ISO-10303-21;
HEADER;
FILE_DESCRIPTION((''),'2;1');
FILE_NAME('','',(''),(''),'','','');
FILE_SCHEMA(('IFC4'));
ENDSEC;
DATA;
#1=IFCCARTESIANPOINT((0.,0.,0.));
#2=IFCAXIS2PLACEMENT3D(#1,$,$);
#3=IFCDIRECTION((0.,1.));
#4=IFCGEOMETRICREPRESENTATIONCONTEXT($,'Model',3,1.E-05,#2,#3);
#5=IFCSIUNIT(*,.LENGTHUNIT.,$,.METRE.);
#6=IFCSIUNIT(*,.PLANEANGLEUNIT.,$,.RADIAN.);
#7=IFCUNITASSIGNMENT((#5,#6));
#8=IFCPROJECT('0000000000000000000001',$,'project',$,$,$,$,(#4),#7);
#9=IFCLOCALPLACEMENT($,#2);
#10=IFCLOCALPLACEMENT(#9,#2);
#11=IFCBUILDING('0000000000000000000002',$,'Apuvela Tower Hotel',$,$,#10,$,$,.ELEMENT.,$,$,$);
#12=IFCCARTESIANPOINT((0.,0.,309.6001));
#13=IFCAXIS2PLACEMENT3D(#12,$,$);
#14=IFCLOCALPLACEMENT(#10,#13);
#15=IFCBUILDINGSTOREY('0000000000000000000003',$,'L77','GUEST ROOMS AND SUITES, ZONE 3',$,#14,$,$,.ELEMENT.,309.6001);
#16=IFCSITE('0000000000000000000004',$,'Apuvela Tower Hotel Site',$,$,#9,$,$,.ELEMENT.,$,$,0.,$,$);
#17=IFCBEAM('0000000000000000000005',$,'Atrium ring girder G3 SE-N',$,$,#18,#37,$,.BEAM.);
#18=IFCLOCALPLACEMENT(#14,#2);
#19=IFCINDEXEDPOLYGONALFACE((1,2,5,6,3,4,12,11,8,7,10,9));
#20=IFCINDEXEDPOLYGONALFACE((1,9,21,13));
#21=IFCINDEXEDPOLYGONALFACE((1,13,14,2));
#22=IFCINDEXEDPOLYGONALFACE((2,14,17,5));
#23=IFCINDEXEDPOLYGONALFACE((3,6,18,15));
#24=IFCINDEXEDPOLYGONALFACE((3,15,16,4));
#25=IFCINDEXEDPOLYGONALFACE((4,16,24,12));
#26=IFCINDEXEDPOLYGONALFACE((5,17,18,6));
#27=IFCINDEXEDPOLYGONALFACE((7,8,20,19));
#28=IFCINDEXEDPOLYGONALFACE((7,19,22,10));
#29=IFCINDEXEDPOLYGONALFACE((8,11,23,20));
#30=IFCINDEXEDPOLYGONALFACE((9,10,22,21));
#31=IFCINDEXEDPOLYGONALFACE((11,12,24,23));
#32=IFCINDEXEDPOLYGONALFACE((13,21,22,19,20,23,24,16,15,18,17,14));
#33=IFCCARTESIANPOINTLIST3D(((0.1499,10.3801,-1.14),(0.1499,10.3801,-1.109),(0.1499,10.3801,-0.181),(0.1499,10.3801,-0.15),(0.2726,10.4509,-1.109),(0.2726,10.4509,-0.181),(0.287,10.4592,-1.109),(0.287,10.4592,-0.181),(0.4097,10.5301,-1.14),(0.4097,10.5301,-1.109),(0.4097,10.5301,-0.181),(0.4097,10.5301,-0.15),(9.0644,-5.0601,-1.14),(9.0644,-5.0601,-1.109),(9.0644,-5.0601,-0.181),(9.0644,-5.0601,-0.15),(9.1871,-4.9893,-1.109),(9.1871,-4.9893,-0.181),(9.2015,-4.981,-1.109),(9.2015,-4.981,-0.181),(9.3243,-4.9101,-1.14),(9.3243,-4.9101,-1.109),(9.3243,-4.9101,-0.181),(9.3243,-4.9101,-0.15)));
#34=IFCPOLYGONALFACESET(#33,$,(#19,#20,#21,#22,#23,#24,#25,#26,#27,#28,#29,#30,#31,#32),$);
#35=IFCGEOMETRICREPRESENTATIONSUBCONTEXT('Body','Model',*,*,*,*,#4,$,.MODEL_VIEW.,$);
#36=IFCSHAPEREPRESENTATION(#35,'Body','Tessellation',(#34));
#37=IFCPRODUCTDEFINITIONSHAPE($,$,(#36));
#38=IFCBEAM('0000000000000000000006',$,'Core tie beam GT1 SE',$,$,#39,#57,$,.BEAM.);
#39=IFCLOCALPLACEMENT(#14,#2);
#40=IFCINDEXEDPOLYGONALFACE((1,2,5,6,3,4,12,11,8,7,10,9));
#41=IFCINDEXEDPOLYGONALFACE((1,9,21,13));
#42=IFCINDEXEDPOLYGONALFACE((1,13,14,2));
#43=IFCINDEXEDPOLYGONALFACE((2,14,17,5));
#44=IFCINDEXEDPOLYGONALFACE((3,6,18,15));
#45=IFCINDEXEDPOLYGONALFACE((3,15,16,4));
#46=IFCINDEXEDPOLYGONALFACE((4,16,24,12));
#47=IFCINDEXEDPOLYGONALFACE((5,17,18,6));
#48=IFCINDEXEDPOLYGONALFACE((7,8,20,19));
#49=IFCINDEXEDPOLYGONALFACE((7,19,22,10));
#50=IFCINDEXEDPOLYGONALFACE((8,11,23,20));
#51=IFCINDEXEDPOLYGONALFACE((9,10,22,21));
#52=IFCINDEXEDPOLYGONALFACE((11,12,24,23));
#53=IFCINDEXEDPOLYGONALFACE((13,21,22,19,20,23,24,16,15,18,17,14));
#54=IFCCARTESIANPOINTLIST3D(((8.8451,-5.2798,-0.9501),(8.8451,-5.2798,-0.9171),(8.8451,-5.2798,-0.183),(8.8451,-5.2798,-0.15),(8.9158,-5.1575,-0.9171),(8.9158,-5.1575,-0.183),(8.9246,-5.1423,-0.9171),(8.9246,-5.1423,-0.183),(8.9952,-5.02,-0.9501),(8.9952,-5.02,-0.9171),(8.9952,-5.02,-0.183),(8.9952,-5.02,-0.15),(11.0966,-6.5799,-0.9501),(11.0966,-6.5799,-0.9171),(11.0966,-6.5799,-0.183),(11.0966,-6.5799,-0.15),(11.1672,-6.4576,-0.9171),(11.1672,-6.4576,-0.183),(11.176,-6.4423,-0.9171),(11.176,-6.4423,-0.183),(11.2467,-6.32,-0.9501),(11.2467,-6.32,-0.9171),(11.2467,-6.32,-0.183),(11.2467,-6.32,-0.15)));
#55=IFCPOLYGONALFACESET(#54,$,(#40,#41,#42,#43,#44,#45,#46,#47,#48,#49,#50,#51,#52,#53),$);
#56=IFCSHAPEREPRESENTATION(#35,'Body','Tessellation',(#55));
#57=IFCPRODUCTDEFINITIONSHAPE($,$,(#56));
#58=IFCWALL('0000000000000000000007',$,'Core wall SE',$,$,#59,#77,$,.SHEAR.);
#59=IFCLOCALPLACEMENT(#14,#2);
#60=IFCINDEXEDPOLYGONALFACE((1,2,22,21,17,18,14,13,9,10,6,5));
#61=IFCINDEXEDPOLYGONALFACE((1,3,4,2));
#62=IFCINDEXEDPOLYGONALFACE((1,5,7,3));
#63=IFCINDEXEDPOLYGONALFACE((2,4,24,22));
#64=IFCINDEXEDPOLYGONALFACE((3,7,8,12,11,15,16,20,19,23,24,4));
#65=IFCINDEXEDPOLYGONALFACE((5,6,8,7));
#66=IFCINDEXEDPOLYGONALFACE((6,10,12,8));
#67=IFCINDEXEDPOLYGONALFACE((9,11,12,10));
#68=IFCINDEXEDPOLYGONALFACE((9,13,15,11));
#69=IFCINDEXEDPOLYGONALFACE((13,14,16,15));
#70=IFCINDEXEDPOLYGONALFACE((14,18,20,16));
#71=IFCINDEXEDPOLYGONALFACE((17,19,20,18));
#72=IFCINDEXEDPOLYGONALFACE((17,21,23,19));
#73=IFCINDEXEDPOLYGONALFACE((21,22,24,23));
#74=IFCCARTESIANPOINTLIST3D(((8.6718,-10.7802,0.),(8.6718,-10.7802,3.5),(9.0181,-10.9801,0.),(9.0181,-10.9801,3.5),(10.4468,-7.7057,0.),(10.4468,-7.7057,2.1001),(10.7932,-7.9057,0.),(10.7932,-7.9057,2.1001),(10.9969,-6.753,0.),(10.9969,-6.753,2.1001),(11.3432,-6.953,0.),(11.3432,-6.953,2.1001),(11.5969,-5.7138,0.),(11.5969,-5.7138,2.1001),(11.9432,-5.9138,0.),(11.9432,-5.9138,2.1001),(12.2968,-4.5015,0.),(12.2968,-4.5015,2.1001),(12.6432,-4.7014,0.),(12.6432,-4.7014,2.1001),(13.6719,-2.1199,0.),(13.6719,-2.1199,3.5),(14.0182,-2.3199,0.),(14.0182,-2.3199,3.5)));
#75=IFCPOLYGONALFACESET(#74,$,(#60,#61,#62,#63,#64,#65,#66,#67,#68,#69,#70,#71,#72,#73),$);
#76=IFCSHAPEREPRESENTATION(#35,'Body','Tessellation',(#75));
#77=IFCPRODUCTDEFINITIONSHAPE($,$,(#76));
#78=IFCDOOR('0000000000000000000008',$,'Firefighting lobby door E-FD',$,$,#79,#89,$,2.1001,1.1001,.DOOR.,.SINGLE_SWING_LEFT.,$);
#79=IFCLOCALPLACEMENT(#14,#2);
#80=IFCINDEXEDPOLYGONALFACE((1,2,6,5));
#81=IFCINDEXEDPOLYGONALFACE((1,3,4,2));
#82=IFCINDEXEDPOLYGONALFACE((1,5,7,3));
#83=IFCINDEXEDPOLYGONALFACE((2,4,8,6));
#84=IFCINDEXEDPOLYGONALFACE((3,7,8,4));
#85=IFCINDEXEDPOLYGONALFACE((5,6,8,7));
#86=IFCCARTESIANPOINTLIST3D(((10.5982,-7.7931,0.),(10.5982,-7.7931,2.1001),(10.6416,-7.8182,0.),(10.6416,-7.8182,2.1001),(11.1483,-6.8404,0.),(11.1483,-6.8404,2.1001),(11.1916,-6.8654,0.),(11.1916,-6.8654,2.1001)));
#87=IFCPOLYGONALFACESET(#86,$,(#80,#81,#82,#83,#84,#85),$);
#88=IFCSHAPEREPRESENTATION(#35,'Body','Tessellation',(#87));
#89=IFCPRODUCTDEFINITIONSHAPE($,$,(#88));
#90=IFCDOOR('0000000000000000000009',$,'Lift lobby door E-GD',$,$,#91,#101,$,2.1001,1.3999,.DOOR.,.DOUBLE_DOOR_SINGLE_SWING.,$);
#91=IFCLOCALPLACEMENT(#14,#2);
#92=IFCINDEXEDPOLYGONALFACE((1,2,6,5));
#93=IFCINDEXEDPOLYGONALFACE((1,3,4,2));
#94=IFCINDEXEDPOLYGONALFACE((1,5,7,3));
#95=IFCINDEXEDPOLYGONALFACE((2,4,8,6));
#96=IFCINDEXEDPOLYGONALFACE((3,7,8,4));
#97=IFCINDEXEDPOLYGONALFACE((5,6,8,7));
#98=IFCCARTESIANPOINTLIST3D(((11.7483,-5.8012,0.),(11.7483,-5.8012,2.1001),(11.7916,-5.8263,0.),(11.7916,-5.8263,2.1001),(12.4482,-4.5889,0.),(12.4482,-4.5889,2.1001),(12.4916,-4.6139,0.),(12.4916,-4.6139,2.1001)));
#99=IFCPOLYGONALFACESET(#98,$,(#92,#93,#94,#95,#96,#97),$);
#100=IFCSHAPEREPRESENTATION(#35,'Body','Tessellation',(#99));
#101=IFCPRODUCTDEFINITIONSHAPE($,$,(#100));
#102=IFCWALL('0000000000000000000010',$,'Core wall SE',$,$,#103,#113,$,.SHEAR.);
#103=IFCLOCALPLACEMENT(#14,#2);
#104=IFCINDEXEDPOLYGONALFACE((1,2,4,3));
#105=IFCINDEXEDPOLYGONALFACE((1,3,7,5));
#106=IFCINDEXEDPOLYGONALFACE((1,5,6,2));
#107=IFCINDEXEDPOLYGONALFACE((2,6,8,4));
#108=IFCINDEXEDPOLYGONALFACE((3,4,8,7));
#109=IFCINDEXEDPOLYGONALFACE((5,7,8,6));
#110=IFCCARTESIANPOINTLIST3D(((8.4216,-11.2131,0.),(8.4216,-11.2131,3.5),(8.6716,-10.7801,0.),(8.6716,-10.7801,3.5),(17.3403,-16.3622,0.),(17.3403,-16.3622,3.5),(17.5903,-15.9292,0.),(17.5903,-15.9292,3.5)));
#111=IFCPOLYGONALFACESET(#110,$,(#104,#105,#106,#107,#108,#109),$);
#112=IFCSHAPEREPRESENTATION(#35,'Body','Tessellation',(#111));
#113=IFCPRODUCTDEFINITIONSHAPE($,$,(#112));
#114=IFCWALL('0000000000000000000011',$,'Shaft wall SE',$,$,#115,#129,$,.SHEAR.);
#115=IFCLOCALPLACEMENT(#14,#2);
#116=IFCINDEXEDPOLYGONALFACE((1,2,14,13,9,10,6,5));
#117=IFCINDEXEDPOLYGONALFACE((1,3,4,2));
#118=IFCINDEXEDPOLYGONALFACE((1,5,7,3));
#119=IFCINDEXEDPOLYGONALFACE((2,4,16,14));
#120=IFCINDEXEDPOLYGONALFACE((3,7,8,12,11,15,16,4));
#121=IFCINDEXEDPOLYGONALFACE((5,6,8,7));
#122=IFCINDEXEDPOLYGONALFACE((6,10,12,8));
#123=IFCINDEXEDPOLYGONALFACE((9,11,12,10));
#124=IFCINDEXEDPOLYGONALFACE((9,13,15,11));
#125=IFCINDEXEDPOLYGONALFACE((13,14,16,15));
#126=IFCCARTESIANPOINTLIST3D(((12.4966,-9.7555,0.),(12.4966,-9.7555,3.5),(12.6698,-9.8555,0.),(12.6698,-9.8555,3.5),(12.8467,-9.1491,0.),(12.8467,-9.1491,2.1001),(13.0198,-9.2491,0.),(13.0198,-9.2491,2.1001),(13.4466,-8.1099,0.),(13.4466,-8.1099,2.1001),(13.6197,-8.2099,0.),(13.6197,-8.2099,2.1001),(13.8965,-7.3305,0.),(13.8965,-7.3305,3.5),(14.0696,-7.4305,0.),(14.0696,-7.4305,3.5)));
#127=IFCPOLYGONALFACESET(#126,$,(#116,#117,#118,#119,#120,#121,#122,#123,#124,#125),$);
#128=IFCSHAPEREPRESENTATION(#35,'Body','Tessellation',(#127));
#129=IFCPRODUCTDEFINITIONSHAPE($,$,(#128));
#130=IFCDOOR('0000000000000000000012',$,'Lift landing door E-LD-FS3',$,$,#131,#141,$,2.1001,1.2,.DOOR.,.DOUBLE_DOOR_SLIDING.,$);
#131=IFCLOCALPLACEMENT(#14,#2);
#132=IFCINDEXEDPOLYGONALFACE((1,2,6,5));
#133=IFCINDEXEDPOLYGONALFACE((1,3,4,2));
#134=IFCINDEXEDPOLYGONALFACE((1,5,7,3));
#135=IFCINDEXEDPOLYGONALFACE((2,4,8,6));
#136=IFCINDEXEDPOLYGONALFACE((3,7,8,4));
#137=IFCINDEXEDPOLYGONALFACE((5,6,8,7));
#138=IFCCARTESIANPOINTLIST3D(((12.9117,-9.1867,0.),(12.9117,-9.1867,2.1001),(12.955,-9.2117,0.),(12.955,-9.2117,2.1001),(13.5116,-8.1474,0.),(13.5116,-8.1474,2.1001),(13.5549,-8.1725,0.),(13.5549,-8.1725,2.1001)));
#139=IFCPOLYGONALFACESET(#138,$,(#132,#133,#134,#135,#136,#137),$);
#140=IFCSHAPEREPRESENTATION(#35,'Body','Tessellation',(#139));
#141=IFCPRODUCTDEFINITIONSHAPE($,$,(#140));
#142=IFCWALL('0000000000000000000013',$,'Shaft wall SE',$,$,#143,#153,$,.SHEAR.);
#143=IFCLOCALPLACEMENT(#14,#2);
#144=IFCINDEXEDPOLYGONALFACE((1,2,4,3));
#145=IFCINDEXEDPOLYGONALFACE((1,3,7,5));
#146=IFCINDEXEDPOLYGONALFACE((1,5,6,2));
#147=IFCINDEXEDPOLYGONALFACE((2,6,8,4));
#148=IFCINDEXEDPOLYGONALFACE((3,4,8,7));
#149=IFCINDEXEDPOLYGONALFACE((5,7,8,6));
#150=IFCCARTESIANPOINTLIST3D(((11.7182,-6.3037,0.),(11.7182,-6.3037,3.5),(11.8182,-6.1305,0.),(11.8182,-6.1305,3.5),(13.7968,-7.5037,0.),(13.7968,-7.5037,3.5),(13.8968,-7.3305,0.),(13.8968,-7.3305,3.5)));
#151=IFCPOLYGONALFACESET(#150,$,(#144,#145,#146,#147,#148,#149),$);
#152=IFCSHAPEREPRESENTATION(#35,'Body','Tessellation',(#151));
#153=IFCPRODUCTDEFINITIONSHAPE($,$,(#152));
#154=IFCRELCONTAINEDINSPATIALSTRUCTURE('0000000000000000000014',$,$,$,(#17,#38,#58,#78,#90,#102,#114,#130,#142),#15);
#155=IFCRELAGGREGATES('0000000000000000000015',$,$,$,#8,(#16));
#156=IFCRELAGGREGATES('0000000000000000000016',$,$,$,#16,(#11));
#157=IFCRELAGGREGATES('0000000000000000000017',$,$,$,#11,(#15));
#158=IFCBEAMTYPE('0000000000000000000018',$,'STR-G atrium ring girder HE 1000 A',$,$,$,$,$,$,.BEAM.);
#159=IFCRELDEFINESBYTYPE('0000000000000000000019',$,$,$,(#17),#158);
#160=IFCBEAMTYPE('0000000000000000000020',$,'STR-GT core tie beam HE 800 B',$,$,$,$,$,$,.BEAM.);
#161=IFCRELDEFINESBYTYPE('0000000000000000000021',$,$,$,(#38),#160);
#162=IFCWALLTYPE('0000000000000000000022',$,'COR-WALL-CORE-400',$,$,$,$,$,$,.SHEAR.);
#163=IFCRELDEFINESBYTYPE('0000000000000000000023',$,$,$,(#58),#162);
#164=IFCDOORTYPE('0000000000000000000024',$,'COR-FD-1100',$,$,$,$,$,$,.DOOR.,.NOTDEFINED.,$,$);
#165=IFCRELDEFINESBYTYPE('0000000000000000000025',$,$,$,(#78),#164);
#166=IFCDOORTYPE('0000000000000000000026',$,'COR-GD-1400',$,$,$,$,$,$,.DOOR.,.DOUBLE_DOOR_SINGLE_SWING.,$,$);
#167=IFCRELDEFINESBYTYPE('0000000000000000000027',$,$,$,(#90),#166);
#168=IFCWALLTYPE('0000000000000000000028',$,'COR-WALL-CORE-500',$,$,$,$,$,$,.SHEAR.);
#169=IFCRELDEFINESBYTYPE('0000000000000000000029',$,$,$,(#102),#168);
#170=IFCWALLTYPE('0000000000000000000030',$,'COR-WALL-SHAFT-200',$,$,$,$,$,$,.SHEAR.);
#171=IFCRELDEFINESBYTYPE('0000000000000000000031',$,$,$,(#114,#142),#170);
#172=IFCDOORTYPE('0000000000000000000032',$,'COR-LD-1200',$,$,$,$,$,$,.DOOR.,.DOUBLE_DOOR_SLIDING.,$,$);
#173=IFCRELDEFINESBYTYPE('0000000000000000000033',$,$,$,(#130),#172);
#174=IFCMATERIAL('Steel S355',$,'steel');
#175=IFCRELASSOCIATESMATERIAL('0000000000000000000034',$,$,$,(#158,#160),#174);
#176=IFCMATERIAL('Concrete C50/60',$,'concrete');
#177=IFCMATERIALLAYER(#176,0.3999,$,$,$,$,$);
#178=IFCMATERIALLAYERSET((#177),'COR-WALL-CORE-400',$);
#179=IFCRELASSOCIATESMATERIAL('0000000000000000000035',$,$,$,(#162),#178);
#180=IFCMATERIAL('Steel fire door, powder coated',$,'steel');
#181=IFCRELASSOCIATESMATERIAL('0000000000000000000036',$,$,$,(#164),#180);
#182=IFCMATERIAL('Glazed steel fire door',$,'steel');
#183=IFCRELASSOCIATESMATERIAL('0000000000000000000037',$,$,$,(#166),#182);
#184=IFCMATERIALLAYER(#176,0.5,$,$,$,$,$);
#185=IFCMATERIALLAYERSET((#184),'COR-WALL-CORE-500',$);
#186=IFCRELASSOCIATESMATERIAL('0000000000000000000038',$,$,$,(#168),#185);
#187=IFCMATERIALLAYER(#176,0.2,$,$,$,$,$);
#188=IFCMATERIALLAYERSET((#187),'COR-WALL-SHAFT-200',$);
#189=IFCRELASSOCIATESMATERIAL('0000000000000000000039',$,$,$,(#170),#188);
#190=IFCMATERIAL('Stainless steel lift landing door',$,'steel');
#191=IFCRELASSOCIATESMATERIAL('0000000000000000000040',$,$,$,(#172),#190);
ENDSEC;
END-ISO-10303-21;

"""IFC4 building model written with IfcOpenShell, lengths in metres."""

from ifc_helpers import new_model, si_unit, direction, frame, frame_2d, origin, origin_2d, place, context, subcontext, project, spatial, rectangle, i_section, extrude, material, layer, layer_set, material_profile, profile_set, type_object, element, fill, save


model = new_model("IFC4")

# Units and contexts
model_context = context("Model", 3, precision=1e-05, world=origin(), true_north=direction((0.0, 1.0)))
body_context = subcontext(model_context, "Body", "Model", "MODEL_VIEW")
ifc_project = project(units=[si_unit("LENGTHUNIT", "METRE"), si_unit("PLANEANGLEUNIT", "RADIAN")], contexts=[model_context])

# Site, building, storey
site_placement = place(None, origin())
site = spatial("IfcSite", under=ifc_project, at=site_placement, Name="Apuvela Tower Hotel Site", CompositionType="ELEMENT", RefElevation=0.0)
building_placement = place(site_placement, origin())
building = spatial("IfcBuilding", under=site, at=building_placement, Name="Apuvela Tower Hotel", CompositionType="ELEMENT")
storey_placement = place(building_placement, frame((0.0, 0.0, 309.6001)))
storey = spatial("IfcBuildingStorey", under=building, at=storey_placement, Name="L77", Description="GUEST ROOMS AND SUITES, ZONE 3", CompositionType="ELEMENT", Elevation=309.6001)

# Beams
ifc_material_1 = material(Name="Steel S355", Category="steel")
ifc_material_profile_1 = material_profile(ifc_material_1, i_section(OverallWidth=0.3, OverallDepth=0.99, WebThickness=0.0166, FlangeThickness=0.031, at=origin_2d()), Name="HE 1000 A")
ifc_profile_set_1 = profile_set([ifc_material_profile_1], Name="Steel S355")
beam_type_1 = type_object("IfcBeamType", Name="STR-G atrium ring girder HE 1000 A", PredefinedType="BEAM", material=ifc_profile_set_1)
beam_1_placement = place(storey_placement, frame((9.1943, -4.9851, -0.645), z_axis=(-0.500007, 0.866022, 0.0), x_axis=(-0.866022, -0.500007, 0.0)))
element("IfcBeam", 1, at=beam_1_placement, inside=storey, type_object=beam_type_1, Name="Atrium ring girder G3 SE-N", PredefinedType="BEAM", context=body_context, shape_type="SweptSolid", body=[
    extrude(i_section(OverallWidth=0.3, OverallDepth=0.99, WebThickness=0.0166, FlangeThickness=0.031, at=origin_2d()), origin(), (0.0, 0.0, 1.0), 17.8289),
])
ifc_material_profile_2 = material_profile(ifc_material_1, i_section(OverallWidth=0.3, OverallDepth=0.8, WebThickness=0.0176, FlangeThickness=0.033, at=origin_2d()), Name="HE 800 B")
ifc_profile_set_2 = profile_set([ifc_material_profile_2], Name="Steel S355")
beam_type_2 = type_object("IfcBeamType", Name="STR-GT core tie beam HE 800 B", PredefinedType="BEAM", material=ifc_profile_set_2)
beam_2_placement = place(storey_placement, frame((11.1716, -6.45, -0.55), z_axis=(-0.865998, 0.500048, 0.0), x_axis=(-0.500048, -0.865998, 0.0)))
element("IfcBeam", 2, at=beam_2_placement, inside=storey, type_object=beam_type_2, Name="Core tie beam GT1 SE", PredefinedType="BEAM", context=body_context, shape_type="SweptSolid", body=[
    extrude(i_section(OverallWidth=0.3, OverallDepth=0.8, WebThickness=0.0176, FlangeThickness=0.033, at=origin_2d()), origin(), (0.0, 0.0, 1.0), 2.5999),
])

# Wall, openings, doors
ifc_material_2 = material(Name="Concrete C50/60", Category="concrete")
ifc_layer_1 = layer(ifc_material_2, 0.3999)
ifc_layer_set_1 = layer_set([ifc_layer_1], Name="COR-WALL-CORE-400")
wall_type_1 = type_object("IfcWallType", Name="COR-WALL-CORE-400", PredefinedType="SHEAR", material=ifc_layer_set_1)
wall_1_placement = place(storey_placement, frame((8.845, -10.8801, 0.0), z_axis=(0.0, 0.0, 1.0), x_axis=(0.500004, 0.866023, 0.0)))
wall_1 = element("IfcWall", 3, at=wall_1_placement, inside=storey, type_object=wall_type_1, Name="Core wall SE", PredefinedType="SHEAR", context=body_context, shape_type="SweptSolid", body=[
    extrude(rectangle(XDim=10.0, YDim=0.3999, at=frame_2d((5.0, 0.0))), origin(), (0.0, 0.0, 1.0), 3.5),
])
opening_1_placement = place(wall_1_placement, frame((3.55, 0.0, 0.0)))
opening_1 = element("IfcOpeningElement", 4, at=opening_1_placement, cuts=wall_1, PredefinedType="OPENING", context=body_context, shape_type="SweptSolid", body=[
    extrude(rectangle(XDim=1.1001, YDim=2.1001, at=frame_2d((0.55, 1.05))), frame((0.0, 0.21, 0.0), z_axis=(0.0, -1.0, 0.0), x_axis=(1.0, 0.0, 0.0)), (0.0, 0.0, 1.0), 0.4199),
])
opening_2_placement = place(wall_1_placement, frame((5.8501, 0.0, 0.0)))
opening_2 = element("IfcOpeningElement", 5, at=opening_2_placement, cuts=wall_1, PredefinedType="OPENING", context=body_context, shape_type="SweptSolid", body=[
    extrude(rectangle(XDim=1.3999, YDim=2.1001, at=frame_2d((0.7, 1.05))), frame((0.0, 0.21, 0.0), z_axis=(0.0, -1.0, 0.0), x_axis=(1.0, 0.0, 0.0)), (0.0, 0.0, 1.0), 0.4199),
])
ifc_material_3 = material(Name="Steel fire door, powder coated", Category="steel")
door_type_1 = type_object("IfcDoorType", Name="COR-FD-1100", OperationType="NOTDEFINED", PredefinedType="DOOR", material=ifc_material_3)
door_1_placement = place(opening_1_placement, frame((1.1001, 0.0, 0.0), z_axis=(0.0, 0.0, 1.0), x_axis=(-1.0, 0.0, 0.0)))
door_1 = element("IfcDoor", 6, at=door_1_placement, inside=storey, type_object=door_type_1, Name="Firefighting lobby door E-FD", OperationType="SINGLE_SWING_LEFT", OverallHeight=2.1001, OverallWidth=1.1001, PredefinedType="DOOR", context=body_context, shape_type="SweptSolid", body=[
    extrude(rectangle(XDim=1.1001, YDim=2.1001, at=frame_2d((0.55, 1.05))), frame((0.0, 0.0249, 0.0), z_axis=(0.0, -1.0, 0.0), x_axis=(1.0, 0.0, 0.0)), (0.0, 0.0, 1.0), 0.05),
])
fill(opening_1, door_1)
ifc_material_4 = material(Name="Glazed steel fire door", Category="steel")
door_type_2 = type_object("IfcDoorType", Name="COR-GD-1400", OperationType="DOUBLE_DOOR_SINGLE_SWING", PredefinedType="DOOR", material=ifc_material_4)
door_2_placement = place(opening_2_placement, frame((1.3999, 0.0, 0.0), z_axis=(0.0, 0.0, 1.0), x_axis=(-1.0, 0.0, 0.0)))
door_2 = element("IfcDoor", 7, at=door_2_placement, inside=storey, type_object=door_type_2, Name="Lift lobby door E-GD", OperationType="DOUBLE_DOOR_SINGLE_SWING", OverallHeight=2.1001, OverallWidth=1.3999, PredefinedType="DOOR", context=body_context, shape_type="SweptSolid", body=[
    extrude(rectangle(XDim=1.3999, YDim=2.1001, at=frame_2d((0.7, 1.05))), frame((0.0, 0.0249, 0.0), z_axis=(0.0, -1.0, 0.0), x_axis=(1.0, 0.0, 0.0)), (0.0, 0.0, 1.0), 0.05),
])
fill(opening_2, door_2)

# Wall
ifc_layer_2 = layer(ifc_material_2, 0.5)
ifc_layer_set_2 = layer_set([ifc_layer_2], Name="COR-WALL-CORE-500")
wall_type_2 = type_object("IfcWallType", Name="COR-WALL-CORE-500", PredefinedType="SHEAR", material=ifc_layer_set_2)
wall_2_placement = place(storey_placement, frame((8.5466, -10.9966, 0.0), z_axis=(0.0, 0.0, 1.0), x_axis=(0.866027, -0.499997, 0.0)))
element("IfcWall", 8, at=wall_2_placement, inside=storey, type_object=wall_type_2, Name="Core wall SE", PredefinedType="SHEAR", context=body_context, shape_type="SweptSolid", body=[
    extrude(rectangle(XDim=10.2983, YDim=0.5, at=frame_2d((5.1492, 0.0))), origin(), (0.0, 0.0, 1.0), 3.5),
])

# Wall, opening, door
ifc_layer_3 = layer(ifc_material_2, 0.2)
ifc_layer_set_3 = layer_set([ifc_layer_3], Name="COR-WALL-SHAFT-200")
wall_type_3 = type_object("IfcWallType", Name="COR-WALL-SHAFT-200", PredefinedType="SHEAR", material=ifc_layer_set_3)
wall_3_placement = place(storey_placement, frame((12.5833, -9.8054, 0.0), z_axis=(0.0, 0.0, 1.0), x_axis=(0.499946, 0.866056, 0.0)))
wall_3 = element("IfcWall", 9, at=wall_3_placement, inside=storey, type_object=wall_type_3, Name="Shaft wall SE", PredefinedType="SHEAR", context=body_context, shape_type="SweptSolid", body=[
    extrude(rectangle(XDim=2.8, YDim=0.2, at=frame_2d((1.3999, 0.0))), origin(), (0.0, 0.0, 1.0), 3.5),
])
opening_3_placement = place(wall_3_placement, frame((0.7, 0.0, 0.0)))
opening_3 = element("IfcOpeningElement", 10, at=opening_3_placement, cuts=wall_3, PredefinedType="OPENING", context=body_context, shape_type="SweptSolid", body=[
    extrude(rectangle(XDim=1.2, YDim=2.1001, at=frame_2d((0.6001, 1.05))), frame((0.0, 0.1099, 0.0), z_axis=(0.0, -1.0, 0.0), x_axis=(1.0, 0.0, 0.0)), (0.0, 0.0, 1.0), 0.22),
])
ifc_material_5 = material(Name="Stainless steel lift landing door", Category="steel")
door_type_3 = type_object("IfcDoorType", Name="COR-LD-1200", OperationType="DOUBLE_DOOR_SLIDING", PredefinedType="DOOR", material=ifc_material_5)
door_3_placement = place(opening_3_placement, origin())
door_3 = element("IfcDoor", 11, at=door_3_placement, inside=storey, type_object=door_type_3, Name="Lift landing door E-LD-FS3", OperationType="DOUBLE_DOOR_SLIDING", OverallHeight=2.1001, OverallWidth=1.2, PredefinedType="DOOR", context=body_context, shape_type="SweptSolid", body=[
    extrude(rectangle(XDim=1.2, YDim=2.1001, at=frame_2d((0.6001, 1.05))), frame((0.0, 0.0249, 0.0), z_axis=(0.0, -1.0, 0.0), x_axis=(1.0, 0.0, 0.0)), (0.0, 0.0, 1.0), 0.05),
])
fill(opening_3, door_3)

# Wall
wall_4_placement = place(storey_placement, frame((11.7681, -6.217, 0.0), z_axis=(0.0, 0.0, 1.0), x_axis=(0.86605, -0.499957, 0.0)))
element("IfcWall", 12, at=wall_4_placement, inside=storey, type_object=wall_type_3, Name="Shaft wall SE", PredefinedType="SHEAR", context=body_context, shape_type="SweptSolid", body=[
    extrude(rectangle(XDim=2.4001, YDim=0.2, at=frame_2d((1.2002, 0.0))), origin(), (0.0, 0.0, 1.0), 3.5),
])

save(model, "model.ifc")
